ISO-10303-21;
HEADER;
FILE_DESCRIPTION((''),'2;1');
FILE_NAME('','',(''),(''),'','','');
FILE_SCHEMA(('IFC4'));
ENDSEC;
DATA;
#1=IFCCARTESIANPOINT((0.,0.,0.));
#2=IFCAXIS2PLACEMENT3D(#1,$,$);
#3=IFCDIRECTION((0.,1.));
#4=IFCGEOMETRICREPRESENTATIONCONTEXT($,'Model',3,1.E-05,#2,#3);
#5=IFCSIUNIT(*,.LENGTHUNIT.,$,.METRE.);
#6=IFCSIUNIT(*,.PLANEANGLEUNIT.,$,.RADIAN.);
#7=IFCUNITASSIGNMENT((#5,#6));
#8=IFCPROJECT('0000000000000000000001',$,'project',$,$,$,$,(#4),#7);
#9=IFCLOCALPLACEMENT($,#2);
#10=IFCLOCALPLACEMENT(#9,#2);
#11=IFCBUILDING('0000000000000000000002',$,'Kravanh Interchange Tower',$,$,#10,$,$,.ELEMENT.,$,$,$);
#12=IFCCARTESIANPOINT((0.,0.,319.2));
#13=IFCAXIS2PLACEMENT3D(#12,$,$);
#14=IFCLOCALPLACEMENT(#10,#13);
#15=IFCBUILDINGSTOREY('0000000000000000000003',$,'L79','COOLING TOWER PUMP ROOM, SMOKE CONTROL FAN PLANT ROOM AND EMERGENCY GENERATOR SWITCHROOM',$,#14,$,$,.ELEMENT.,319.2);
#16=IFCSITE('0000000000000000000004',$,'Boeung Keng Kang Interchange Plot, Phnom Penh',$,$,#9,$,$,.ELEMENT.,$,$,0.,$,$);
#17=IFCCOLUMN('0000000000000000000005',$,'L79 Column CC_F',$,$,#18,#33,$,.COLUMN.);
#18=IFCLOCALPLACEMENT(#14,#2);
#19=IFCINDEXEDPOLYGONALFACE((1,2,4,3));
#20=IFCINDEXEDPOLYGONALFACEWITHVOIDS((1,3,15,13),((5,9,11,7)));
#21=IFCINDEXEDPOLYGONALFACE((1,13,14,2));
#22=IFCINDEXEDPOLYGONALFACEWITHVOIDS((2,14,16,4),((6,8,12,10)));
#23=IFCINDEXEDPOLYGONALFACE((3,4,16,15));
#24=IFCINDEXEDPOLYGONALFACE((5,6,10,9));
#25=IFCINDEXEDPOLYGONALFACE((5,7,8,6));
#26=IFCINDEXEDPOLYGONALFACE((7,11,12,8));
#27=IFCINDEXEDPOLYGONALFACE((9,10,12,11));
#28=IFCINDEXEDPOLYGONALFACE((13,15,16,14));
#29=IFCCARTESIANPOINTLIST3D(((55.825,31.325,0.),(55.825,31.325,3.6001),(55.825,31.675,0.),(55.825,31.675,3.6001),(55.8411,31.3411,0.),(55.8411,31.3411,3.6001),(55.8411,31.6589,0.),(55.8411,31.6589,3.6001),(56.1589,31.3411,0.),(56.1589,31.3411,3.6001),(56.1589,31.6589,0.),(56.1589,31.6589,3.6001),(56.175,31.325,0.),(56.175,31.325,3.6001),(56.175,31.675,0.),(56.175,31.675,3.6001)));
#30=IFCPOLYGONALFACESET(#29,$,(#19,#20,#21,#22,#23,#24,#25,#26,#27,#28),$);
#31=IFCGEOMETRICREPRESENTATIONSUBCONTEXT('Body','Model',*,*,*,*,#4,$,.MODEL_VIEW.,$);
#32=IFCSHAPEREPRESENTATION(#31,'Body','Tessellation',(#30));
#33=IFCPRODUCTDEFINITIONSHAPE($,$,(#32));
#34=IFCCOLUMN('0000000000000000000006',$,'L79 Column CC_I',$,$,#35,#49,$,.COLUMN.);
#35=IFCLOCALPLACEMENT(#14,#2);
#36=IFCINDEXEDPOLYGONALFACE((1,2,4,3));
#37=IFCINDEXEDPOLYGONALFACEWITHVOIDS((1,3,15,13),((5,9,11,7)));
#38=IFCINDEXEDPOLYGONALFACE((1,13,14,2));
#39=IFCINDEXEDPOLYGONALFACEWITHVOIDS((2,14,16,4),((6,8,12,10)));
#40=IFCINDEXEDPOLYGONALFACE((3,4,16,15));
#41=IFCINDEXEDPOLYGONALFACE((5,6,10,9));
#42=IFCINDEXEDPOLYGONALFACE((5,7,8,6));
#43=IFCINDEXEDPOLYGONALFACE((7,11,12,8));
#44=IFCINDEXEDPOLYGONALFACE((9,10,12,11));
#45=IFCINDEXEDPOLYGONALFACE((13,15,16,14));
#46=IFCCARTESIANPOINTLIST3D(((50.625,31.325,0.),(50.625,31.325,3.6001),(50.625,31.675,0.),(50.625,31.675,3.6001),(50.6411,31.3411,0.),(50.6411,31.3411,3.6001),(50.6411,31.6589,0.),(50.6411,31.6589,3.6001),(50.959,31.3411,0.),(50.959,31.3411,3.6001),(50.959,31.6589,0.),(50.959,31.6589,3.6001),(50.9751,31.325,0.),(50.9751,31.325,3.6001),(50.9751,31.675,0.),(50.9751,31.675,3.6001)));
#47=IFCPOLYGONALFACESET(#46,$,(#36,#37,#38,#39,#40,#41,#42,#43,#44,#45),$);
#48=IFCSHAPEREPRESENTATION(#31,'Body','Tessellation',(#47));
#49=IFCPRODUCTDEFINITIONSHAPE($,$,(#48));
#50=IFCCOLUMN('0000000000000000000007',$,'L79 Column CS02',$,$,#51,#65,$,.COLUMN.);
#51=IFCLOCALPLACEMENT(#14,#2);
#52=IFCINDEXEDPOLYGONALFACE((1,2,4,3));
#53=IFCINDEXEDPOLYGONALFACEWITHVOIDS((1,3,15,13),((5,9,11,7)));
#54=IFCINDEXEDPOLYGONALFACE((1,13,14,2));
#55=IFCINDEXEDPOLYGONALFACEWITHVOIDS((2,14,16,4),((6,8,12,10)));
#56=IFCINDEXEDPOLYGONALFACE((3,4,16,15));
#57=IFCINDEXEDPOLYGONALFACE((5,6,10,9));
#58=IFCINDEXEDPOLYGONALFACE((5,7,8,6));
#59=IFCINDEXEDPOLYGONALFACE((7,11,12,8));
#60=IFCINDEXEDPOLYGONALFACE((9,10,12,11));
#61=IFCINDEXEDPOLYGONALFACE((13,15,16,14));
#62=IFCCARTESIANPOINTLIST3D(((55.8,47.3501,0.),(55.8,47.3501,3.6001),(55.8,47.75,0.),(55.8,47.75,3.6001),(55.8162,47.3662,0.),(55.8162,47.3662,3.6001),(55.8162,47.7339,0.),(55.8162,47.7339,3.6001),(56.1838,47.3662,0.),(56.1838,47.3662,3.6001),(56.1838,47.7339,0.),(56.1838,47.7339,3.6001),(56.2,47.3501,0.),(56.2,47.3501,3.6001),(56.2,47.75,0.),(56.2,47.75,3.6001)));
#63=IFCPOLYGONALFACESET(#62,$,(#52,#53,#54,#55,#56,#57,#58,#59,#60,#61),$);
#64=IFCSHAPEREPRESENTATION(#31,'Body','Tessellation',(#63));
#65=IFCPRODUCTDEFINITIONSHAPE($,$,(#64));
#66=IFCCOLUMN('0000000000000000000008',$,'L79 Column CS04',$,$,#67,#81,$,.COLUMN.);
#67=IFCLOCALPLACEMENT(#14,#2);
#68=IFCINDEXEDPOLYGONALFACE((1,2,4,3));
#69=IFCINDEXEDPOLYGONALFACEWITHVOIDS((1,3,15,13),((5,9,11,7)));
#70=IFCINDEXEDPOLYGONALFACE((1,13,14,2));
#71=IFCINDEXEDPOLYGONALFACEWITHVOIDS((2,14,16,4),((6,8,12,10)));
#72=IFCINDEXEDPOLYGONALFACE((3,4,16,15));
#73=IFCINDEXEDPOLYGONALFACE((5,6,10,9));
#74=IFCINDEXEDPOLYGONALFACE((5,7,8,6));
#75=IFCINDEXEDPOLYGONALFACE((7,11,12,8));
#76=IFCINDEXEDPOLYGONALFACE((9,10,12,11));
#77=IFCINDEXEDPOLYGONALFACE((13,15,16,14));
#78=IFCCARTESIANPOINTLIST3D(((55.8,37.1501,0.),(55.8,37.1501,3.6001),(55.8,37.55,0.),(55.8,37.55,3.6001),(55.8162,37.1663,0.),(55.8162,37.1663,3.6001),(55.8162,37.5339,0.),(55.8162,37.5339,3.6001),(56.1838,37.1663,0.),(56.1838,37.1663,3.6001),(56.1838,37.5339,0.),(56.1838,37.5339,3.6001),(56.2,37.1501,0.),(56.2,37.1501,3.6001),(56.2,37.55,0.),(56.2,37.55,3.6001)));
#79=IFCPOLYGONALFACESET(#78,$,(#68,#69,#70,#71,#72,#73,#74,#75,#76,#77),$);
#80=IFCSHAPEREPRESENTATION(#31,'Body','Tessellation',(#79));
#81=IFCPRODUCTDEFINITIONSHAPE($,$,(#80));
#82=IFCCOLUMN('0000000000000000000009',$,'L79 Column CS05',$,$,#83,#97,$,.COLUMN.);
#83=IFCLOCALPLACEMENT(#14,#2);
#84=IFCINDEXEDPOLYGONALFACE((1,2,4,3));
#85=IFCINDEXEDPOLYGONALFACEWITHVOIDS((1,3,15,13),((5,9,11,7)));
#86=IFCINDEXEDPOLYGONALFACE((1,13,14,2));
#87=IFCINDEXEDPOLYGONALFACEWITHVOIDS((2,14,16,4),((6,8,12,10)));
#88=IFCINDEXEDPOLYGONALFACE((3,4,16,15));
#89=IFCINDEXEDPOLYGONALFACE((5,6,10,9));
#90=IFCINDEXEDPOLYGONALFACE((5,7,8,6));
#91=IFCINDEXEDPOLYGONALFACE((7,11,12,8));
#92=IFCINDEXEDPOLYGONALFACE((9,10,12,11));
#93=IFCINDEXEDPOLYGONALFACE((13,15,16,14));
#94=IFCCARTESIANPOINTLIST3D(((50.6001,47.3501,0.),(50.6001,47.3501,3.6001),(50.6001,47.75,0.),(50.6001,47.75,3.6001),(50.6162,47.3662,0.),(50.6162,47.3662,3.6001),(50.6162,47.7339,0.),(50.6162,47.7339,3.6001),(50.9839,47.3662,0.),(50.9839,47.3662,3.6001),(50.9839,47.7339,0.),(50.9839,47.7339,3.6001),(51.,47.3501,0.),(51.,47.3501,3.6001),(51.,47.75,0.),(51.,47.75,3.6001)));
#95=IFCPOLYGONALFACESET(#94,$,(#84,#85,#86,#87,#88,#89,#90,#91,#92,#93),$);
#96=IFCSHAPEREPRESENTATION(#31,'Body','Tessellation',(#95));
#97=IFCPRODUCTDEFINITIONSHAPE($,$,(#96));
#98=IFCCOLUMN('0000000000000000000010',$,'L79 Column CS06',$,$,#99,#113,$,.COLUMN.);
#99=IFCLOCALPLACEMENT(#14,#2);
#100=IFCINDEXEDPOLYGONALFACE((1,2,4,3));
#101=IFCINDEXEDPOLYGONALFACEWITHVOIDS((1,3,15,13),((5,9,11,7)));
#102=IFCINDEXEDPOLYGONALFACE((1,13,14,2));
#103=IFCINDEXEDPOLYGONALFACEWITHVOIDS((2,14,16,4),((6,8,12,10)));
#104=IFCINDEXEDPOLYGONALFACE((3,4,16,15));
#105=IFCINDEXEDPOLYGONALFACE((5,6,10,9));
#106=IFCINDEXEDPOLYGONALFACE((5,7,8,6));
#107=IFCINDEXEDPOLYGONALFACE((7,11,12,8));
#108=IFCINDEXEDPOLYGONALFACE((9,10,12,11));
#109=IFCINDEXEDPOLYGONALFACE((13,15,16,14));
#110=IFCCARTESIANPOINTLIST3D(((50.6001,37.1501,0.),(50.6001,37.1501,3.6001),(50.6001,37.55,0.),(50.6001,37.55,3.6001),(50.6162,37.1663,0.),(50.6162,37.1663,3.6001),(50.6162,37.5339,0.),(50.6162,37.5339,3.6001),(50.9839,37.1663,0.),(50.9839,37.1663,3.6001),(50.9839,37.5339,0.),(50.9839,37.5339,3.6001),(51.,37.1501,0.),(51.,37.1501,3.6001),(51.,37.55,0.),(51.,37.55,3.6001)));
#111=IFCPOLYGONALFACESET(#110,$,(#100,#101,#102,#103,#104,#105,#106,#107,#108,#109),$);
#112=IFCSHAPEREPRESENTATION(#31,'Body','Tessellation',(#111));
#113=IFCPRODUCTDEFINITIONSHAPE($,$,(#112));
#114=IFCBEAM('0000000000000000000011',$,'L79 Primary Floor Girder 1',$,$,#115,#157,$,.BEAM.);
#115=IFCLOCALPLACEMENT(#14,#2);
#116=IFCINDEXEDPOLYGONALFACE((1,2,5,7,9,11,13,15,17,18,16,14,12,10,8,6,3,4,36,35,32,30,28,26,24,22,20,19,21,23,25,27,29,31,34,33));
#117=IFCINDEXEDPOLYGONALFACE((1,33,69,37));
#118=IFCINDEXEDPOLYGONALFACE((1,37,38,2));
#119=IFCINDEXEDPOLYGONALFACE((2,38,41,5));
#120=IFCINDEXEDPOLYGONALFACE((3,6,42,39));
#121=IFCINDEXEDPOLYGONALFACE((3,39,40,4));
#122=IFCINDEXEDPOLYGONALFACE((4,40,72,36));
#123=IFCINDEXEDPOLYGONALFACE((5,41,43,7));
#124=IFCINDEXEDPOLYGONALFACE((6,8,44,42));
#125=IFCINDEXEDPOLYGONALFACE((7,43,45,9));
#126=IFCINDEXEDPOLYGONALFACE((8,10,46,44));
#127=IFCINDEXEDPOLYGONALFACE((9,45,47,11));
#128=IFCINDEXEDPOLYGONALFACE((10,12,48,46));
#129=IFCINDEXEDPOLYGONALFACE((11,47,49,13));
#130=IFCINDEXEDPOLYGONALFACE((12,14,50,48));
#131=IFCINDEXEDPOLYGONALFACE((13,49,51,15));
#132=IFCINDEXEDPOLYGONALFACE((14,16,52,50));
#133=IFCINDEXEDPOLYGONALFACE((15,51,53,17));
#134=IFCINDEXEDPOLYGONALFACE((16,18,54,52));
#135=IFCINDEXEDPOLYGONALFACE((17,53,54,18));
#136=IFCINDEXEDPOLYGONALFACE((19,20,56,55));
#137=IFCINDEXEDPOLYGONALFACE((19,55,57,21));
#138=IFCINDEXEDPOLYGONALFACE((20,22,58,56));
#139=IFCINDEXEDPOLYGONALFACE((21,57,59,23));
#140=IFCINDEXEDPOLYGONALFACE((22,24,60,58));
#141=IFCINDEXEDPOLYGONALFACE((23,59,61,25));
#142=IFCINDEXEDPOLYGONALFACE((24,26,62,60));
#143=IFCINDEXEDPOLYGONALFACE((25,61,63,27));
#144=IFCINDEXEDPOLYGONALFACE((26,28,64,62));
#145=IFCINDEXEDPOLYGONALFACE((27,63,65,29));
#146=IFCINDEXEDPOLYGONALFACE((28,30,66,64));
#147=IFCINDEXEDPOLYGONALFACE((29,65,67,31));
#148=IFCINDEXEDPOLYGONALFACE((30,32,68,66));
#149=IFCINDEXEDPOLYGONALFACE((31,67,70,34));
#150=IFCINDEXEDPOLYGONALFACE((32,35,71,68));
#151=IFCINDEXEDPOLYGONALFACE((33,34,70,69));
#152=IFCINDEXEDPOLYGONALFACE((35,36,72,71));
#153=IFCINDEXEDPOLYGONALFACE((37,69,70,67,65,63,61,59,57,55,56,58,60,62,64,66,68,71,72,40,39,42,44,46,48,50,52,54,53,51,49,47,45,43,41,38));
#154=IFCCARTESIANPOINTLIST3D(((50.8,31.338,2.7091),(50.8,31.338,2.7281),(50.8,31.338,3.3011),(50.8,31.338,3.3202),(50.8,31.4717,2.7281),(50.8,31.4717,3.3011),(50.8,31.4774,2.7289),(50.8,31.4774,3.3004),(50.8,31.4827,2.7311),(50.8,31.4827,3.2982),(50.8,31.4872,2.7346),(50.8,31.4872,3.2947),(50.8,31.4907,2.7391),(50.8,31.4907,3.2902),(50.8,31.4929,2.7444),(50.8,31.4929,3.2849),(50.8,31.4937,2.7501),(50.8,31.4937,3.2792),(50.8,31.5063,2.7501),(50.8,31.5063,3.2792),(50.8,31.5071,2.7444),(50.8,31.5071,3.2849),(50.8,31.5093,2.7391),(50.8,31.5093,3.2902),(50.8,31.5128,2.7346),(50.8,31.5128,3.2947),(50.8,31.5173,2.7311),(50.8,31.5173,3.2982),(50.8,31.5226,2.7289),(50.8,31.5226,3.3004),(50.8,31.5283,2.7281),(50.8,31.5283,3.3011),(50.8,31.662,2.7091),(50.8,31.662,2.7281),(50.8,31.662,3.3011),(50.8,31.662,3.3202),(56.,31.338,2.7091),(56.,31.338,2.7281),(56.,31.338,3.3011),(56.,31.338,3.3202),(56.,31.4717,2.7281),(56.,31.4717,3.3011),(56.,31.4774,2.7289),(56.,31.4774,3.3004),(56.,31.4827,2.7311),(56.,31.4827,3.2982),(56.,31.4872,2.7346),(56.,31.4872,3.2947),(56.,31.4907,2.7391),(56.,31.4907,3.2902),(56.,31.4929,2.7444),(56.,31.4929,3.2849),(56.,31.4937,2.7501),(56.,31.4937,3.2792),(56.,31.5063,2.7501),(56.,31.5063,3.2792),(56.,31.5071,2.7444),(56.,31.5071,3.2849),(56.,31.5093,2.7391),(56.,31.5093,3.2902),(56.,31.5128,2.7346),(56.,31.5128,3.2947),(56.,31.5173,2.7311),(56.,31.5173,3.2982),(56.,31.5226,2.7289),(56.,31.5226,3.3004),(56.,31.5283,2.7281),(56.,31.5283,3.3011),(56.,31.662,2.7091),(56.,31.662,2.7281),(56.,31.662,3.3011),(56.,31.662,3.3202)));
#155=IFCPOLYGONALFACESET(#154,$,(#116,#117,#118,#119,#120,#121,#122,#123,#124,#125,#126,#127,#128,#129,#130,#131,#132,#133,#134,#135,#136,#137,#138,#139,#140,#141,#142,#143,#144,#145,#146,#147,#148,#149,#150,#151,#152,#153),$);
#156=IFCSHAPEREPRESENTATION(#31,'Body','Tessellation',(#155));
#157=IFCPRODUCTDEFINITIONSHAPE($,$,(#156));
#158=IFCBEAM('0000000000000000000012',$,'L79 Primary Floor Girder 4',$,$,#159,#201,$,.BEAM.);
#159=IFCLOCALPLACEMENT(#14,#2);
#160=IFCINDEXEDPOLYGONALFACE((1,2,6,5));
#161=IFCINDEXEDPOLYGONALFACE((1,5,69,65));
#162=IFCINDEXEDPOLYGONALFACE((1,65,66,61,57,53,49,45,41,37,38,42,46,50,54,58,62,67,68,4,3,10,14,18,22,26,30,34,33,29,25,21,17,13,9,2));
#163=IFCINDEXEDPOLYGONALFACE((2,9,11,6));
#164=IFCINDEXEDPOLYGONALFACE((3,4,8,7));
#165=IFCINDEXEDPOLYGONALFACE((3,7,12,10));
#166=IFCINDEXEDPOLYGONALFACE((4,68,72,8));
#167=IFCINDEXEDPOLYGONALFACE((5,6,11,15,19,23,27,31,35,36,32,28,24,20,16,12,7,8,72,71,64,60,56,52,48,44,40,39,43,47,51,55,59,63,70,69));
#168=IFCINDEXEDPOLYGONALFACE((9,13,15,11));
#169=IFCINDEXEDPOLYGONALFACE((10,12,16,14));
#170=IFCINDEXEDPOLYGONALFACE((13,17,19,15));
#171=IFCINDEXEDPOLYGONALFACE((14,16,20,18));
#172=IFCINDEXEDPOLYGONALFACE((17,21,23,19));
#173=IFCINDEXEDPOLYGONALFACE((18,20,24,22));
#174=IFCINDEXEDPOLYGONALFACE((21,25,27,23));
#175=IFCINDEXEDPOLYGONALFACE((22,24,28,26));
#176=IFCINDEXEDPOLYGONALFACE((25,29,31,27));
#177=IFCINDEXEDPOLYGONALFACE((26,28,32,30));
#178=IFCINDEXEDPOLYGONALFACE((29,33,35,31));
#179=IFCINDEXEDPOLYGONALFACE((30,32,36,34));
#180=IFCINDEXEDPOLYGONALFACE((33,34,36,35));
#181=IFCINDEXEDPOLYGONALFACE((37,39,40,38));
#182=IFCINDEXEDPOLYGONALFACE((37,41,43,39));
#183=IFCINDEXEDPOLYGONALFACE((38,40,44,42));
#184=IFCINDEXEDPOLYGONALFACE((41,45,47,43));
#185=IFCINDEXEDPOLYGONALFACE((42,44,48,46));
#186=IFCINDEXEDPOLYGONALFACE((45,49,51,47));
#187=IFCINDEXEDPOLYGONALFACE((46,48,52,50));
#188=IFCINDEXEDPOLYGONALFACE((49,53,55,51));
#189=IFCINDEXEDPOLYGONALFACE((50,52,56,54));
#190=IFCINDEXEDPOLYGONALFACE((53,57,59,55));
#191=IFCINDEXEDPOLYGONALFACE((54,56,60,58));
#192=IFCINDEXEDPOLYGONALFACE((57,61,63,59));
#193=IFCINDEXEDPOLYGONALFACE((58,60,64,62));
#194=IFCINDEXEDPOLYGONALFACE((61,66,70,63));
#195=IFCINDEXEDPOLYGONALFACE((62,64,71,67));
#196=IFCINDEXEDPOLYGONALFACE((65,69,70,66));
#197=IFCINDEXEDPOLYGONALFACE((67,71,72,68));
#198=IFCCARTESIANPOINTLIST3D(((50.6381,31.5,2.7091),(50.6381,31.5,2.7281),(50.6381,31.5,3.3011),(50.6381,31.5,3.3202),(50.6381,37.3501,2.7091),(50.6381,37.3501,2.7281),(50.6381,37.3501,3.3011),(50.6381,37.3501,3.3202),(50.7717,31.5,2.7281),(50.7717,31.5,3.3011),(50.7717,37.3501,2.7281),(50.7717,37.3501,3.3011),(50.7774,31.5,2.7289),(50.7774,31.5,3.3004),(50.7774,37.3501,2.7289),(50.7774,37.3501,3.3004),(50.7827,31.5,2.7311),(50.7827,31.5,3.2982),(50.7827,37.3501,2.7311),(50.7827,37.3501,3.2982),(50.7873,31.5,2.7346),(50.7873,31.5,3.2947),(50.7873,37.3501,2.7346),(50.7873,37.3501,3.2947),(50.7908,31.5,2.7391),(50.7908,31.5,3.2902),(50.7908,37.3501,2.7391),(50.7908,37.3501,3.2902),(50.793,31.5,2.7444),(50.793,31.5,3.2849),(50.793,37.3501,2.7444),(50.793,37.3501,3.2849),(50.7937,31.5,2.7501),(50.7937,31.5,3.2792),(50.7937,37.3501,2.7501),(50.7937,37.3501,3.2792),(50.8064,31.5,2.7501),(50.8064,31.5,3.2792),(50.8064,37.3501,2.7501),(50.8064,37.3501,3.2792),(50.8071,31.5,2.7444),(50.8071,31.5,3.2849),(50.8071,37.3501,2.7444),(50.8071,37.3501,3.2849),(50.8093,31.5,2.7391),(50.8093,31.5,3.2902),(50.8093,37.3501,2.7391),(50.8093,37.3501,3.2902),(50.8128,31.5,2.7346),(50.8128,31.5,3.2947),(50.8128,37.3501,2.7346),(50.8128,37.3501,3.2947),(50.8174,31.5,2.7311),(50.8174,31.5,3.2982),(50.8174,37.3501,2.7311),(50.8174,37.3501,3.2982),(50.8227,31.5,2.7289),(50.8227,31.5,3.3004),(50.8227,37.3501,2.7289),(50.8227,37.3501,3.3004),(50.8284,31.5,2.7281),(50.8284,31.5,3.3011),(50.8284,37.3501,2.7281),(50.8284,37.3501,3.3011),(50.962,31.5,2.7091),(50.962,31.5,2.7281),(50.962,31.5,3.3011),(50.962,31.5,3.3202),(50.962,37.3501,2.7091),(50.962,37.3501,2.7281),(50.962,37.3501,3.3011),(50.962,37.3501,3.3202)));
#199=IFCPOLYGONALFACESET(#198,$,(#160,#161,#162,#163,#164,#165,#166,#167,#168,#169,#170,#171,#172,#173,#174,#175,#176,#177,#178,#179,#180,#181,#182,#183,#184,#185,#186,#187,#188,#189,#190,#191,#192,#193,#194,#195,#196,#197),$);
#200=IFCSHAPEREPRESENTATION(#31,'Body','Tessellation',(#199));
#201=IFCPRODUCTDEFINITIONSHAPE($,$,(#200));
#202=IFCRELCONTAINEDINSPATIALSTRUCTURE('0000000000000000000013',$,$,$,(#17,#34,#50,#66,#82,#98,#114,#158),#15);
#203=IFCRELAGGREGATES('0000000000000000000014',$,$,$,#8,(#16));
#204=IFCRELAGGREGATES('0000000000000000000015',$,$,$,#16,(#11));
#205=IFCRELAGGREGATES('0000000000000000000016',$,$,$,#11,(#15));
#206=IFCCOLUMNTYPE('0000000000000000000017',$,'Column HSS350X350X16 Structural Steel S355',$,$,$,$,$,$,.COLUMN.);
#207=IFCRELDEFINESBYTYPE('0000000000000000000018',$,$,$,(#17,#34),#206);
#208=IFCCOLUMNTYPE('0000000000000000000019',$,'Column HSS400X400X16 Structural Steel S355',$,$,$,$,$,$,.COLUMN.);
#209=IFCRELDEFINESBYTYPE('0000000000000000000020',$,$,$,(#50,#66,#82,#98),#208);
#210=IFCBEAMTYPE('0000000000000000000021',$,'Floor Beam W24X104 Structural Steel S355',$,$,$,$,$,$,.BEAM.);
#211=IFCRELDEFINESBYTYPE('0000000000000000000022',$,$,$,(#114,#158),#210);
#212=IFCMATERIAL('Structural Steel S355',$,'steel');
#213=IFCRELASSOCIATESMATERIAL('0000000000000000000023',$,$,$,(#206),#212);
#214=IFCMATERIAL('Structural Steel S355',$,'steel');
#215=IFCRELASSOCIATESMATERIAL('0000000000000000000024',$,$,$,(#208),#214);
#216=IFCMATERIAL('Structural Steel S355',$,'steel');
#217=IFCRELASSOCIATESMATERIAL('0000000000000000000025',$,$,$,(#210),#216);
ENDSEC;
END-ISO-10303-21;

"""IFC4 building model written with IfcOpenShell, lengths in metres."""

from ifc_helpers import new_model, si_unit, direction, frame, origin, origin_2d, place, context, subcontext, project, spatial, hollow_rectangle, i_section, extrude, material, material_profile, profile_set, type_object, element, save


model = new_model("IFC4")

# Units and contexts
model_context = context("Model", 3, precision=1e-05, world=origin(), true_north=direction((0.0, 1.0)))
body_context = subcontext(model_context, "Body", "Model", "MODEL_VIEW")
ifc_project = project(units=[si_unit("LENGTHUNIT", "METRE"), si_unit("PLANEANGLEUNIT", "RADIAN")], contexts=[model_context])

# Site, building, storey
site_placement = place(None, origin())
site = spatial("IfcSite", under=ifc_project, at=site_placement, Name="Boeung Keng Kang Interchange Plot, Phnom Penh", CompositionType="ELEMENT", RefElevation=0.0)
building_placement = place(site_placement, origin())
building = spatial("IfcBuilding", under=site, at=building_placement, Name="Kravanh Interchange Tower", CompositionType="ELEMENT")
storey_placement = place(building_placement, frame((0.0, 0.0, 319.2)))
storey = spatial("IfcBuildingStorey", under=building, at=storey_placement, Name="L79", Description="COOLING TOWER PUMP ROOM, SMOKE CONTROL FAN PLANT ROOM AND EMERGENCY GENERATOR SWITCHROOM", CompositionType="ELEMENT", Elevation=319.2)

# Columns
ifc_material_1 = material(Name="Structural Steel S355", Category="steel")
ifc_material_profile_1 = material_profile(ifc_material_1, hollow_rectangle(XDim=0.3501, YDim=0.3501, WallThickness=0.0161, at=origin_2d()), Name="HSS350X350X16")
ifc_profile_set_1 = profile_set([ifc_material_profile_1], Name="Structural Steel S355")
column_type_1 = type_object("IfcColumnType", Name="Column HSS350X350X16 Structural Steel S355", PredefinedType="COLUMN", material=ifc_profile_set_1)
for number, where, z_axis, x_axis, name in (
    (1, (56.0, 31.5, 0.0), (0.0, 0.0, 1.0), (1.0, 0.0, 0.0), "L79 Column CC_F"),
    (2, (50.8, 31.5, 0.0), (0.0, 0.0, 1.0), (1.0, 0.0, 0.0), "L79 Column CC_I"),
):
    element("IfcColumn", number, at=place(storey_placement, frame(where, z_axis=z_axis, x_axis=x_axis)), inside=storey, type_object=column_type_1, Name=name, PredefinedType="COLUMN", context=body_context, shape_type="SweptSolid", body=[
        extrude(hollow_rectangle(XDim=0.3501, YDim=0.3501, WallThickness=0.0161, at=origin_2d()), origin(), (0.0, 0.0, 1.0), 3.6001),
    ])
ifc_material_2 = material(Name="Structural Steel S355", Category="steel")
ifc_material_profile_2 = material_profile(ifc_material_2, hollow_rectangle(XDim=0.3999, YDim=0.3999, WallThickness=0.0161, at=origin_2d()), Name="HSS400X400X16")
ifc_profile_set_2 = profile_set([ifc_material_profile_2], Name="Structural Steel S355")
column_type_2 = type_object("IfcColumnType", Name="Column HSS400X400X16 Structural Steel S355", PredefinedType="COLUMN", material=ifc_profile_set_2)
for number, where, z_axis, x_axis, name in (
    (3, (56.0, 47.55, 0.0), (0.0, 0.0, 1.0), (1.0, 0.0, 0.0), "L79 Column CS02"),
    (4, (56.0, 37.3501, 0.0), (0.0, 0.0, 1.0), (1.0, 0.0, 0.0), "L79 Column CS04"),
    (5, (50.8, 47.55, 0.0), (0.0, 0.0, 1.0), (1.0, 0.0, 0.0), "L79 Column CS05"),
    (6, (50.8, 37.3501, 0.0), (0.0, 0.0, 1.0), (1.0, 0.0, 0.0), "L79 Column CS06"),
):
    element("IfcColumn", number, at=place(storey_placement, frame(where, z_axis=z_axis, x_axis=x_axis)), inside=storey, type_object=column_type_2, Name=name, PredefinedType="COLUMN", context=body_context, shape_type="SweptSolid", body=[
        extrude(hollow_rectangle(XDim=0.3999, YDim=0.3999, WallThickness=0.0161, at=origin_2d()), origin(), (0.0, 0.0, 1.0), 3.6001),
    ])

# Beams
ifc_material_3 = material(Name="Structural Steel S355", Category="steel")
ifc_material_profile_3 = material_profile(ifc_material_3, i_section(OverallWidth=0.324, OverallDepth=0.6111, WebThickness=0.0127, FlangeThickness=0.019, FilletRadius=0.022, at=origin_2d()), Name="W24X104")
ifc_profile_set_3 = profile_set([ifc_material_profile_3], Name="Structural Steel S355")
beam_type_1 = type_object("IfcBeamType", Name="Floor Beam W24X104 Structural Steel S355", PredefinedType="BEAM", material=ifc_profile_set_3)
beam_1_placement = place(storey_placement, frame((56.0, 31.5, 3.0146), z_axis=(-1.0, 0.0, 0.0), x_axis=(0.0, -1.0, 0.0)))
element("IfcBeam", 7, at=beam_1_placement, inside=storey, type_object=beam_type_1, Name="L79 Primary Floor Girder 1", PredefinedType="BEAM", context=body_context, shape_type="SweptSolid", body=[
    extrude(i_section(OverallWidth=0.324, OverallDepth=0.6111, WebThickness=0.0127, FlangeThickness=0.019, FilletRadius=0.022, at=origin_2d()), origin(), (0.0, 0.0, 1.0), 5.2),
])
beam_2_placement = place(storey_placement, frame((50.8, 31.5, 3.0146), z_axis=(0.0, 1.0, 0.0), x_axis=(-1.0, 0.0, 0.0)))
element("IfcBeam", 8, at=beam_2_placement, inside=storey, type_object=beam_type_1, Name="L79 Primary Floor Girder 4", PredefinedType="BEAM", context=body_context, shape_type="SweptSolid", body=[
    extrude(i_section(OverallWidth=0.324, OverallDepth=0.6111, WebThickness=0.0127, FlangeThickness=0.019, FilletRadius=0.022, at=origin_2d()), origin(), (0.0, 0.0, 1.0), 5.8501),
])

save(model, "model.ifc")
